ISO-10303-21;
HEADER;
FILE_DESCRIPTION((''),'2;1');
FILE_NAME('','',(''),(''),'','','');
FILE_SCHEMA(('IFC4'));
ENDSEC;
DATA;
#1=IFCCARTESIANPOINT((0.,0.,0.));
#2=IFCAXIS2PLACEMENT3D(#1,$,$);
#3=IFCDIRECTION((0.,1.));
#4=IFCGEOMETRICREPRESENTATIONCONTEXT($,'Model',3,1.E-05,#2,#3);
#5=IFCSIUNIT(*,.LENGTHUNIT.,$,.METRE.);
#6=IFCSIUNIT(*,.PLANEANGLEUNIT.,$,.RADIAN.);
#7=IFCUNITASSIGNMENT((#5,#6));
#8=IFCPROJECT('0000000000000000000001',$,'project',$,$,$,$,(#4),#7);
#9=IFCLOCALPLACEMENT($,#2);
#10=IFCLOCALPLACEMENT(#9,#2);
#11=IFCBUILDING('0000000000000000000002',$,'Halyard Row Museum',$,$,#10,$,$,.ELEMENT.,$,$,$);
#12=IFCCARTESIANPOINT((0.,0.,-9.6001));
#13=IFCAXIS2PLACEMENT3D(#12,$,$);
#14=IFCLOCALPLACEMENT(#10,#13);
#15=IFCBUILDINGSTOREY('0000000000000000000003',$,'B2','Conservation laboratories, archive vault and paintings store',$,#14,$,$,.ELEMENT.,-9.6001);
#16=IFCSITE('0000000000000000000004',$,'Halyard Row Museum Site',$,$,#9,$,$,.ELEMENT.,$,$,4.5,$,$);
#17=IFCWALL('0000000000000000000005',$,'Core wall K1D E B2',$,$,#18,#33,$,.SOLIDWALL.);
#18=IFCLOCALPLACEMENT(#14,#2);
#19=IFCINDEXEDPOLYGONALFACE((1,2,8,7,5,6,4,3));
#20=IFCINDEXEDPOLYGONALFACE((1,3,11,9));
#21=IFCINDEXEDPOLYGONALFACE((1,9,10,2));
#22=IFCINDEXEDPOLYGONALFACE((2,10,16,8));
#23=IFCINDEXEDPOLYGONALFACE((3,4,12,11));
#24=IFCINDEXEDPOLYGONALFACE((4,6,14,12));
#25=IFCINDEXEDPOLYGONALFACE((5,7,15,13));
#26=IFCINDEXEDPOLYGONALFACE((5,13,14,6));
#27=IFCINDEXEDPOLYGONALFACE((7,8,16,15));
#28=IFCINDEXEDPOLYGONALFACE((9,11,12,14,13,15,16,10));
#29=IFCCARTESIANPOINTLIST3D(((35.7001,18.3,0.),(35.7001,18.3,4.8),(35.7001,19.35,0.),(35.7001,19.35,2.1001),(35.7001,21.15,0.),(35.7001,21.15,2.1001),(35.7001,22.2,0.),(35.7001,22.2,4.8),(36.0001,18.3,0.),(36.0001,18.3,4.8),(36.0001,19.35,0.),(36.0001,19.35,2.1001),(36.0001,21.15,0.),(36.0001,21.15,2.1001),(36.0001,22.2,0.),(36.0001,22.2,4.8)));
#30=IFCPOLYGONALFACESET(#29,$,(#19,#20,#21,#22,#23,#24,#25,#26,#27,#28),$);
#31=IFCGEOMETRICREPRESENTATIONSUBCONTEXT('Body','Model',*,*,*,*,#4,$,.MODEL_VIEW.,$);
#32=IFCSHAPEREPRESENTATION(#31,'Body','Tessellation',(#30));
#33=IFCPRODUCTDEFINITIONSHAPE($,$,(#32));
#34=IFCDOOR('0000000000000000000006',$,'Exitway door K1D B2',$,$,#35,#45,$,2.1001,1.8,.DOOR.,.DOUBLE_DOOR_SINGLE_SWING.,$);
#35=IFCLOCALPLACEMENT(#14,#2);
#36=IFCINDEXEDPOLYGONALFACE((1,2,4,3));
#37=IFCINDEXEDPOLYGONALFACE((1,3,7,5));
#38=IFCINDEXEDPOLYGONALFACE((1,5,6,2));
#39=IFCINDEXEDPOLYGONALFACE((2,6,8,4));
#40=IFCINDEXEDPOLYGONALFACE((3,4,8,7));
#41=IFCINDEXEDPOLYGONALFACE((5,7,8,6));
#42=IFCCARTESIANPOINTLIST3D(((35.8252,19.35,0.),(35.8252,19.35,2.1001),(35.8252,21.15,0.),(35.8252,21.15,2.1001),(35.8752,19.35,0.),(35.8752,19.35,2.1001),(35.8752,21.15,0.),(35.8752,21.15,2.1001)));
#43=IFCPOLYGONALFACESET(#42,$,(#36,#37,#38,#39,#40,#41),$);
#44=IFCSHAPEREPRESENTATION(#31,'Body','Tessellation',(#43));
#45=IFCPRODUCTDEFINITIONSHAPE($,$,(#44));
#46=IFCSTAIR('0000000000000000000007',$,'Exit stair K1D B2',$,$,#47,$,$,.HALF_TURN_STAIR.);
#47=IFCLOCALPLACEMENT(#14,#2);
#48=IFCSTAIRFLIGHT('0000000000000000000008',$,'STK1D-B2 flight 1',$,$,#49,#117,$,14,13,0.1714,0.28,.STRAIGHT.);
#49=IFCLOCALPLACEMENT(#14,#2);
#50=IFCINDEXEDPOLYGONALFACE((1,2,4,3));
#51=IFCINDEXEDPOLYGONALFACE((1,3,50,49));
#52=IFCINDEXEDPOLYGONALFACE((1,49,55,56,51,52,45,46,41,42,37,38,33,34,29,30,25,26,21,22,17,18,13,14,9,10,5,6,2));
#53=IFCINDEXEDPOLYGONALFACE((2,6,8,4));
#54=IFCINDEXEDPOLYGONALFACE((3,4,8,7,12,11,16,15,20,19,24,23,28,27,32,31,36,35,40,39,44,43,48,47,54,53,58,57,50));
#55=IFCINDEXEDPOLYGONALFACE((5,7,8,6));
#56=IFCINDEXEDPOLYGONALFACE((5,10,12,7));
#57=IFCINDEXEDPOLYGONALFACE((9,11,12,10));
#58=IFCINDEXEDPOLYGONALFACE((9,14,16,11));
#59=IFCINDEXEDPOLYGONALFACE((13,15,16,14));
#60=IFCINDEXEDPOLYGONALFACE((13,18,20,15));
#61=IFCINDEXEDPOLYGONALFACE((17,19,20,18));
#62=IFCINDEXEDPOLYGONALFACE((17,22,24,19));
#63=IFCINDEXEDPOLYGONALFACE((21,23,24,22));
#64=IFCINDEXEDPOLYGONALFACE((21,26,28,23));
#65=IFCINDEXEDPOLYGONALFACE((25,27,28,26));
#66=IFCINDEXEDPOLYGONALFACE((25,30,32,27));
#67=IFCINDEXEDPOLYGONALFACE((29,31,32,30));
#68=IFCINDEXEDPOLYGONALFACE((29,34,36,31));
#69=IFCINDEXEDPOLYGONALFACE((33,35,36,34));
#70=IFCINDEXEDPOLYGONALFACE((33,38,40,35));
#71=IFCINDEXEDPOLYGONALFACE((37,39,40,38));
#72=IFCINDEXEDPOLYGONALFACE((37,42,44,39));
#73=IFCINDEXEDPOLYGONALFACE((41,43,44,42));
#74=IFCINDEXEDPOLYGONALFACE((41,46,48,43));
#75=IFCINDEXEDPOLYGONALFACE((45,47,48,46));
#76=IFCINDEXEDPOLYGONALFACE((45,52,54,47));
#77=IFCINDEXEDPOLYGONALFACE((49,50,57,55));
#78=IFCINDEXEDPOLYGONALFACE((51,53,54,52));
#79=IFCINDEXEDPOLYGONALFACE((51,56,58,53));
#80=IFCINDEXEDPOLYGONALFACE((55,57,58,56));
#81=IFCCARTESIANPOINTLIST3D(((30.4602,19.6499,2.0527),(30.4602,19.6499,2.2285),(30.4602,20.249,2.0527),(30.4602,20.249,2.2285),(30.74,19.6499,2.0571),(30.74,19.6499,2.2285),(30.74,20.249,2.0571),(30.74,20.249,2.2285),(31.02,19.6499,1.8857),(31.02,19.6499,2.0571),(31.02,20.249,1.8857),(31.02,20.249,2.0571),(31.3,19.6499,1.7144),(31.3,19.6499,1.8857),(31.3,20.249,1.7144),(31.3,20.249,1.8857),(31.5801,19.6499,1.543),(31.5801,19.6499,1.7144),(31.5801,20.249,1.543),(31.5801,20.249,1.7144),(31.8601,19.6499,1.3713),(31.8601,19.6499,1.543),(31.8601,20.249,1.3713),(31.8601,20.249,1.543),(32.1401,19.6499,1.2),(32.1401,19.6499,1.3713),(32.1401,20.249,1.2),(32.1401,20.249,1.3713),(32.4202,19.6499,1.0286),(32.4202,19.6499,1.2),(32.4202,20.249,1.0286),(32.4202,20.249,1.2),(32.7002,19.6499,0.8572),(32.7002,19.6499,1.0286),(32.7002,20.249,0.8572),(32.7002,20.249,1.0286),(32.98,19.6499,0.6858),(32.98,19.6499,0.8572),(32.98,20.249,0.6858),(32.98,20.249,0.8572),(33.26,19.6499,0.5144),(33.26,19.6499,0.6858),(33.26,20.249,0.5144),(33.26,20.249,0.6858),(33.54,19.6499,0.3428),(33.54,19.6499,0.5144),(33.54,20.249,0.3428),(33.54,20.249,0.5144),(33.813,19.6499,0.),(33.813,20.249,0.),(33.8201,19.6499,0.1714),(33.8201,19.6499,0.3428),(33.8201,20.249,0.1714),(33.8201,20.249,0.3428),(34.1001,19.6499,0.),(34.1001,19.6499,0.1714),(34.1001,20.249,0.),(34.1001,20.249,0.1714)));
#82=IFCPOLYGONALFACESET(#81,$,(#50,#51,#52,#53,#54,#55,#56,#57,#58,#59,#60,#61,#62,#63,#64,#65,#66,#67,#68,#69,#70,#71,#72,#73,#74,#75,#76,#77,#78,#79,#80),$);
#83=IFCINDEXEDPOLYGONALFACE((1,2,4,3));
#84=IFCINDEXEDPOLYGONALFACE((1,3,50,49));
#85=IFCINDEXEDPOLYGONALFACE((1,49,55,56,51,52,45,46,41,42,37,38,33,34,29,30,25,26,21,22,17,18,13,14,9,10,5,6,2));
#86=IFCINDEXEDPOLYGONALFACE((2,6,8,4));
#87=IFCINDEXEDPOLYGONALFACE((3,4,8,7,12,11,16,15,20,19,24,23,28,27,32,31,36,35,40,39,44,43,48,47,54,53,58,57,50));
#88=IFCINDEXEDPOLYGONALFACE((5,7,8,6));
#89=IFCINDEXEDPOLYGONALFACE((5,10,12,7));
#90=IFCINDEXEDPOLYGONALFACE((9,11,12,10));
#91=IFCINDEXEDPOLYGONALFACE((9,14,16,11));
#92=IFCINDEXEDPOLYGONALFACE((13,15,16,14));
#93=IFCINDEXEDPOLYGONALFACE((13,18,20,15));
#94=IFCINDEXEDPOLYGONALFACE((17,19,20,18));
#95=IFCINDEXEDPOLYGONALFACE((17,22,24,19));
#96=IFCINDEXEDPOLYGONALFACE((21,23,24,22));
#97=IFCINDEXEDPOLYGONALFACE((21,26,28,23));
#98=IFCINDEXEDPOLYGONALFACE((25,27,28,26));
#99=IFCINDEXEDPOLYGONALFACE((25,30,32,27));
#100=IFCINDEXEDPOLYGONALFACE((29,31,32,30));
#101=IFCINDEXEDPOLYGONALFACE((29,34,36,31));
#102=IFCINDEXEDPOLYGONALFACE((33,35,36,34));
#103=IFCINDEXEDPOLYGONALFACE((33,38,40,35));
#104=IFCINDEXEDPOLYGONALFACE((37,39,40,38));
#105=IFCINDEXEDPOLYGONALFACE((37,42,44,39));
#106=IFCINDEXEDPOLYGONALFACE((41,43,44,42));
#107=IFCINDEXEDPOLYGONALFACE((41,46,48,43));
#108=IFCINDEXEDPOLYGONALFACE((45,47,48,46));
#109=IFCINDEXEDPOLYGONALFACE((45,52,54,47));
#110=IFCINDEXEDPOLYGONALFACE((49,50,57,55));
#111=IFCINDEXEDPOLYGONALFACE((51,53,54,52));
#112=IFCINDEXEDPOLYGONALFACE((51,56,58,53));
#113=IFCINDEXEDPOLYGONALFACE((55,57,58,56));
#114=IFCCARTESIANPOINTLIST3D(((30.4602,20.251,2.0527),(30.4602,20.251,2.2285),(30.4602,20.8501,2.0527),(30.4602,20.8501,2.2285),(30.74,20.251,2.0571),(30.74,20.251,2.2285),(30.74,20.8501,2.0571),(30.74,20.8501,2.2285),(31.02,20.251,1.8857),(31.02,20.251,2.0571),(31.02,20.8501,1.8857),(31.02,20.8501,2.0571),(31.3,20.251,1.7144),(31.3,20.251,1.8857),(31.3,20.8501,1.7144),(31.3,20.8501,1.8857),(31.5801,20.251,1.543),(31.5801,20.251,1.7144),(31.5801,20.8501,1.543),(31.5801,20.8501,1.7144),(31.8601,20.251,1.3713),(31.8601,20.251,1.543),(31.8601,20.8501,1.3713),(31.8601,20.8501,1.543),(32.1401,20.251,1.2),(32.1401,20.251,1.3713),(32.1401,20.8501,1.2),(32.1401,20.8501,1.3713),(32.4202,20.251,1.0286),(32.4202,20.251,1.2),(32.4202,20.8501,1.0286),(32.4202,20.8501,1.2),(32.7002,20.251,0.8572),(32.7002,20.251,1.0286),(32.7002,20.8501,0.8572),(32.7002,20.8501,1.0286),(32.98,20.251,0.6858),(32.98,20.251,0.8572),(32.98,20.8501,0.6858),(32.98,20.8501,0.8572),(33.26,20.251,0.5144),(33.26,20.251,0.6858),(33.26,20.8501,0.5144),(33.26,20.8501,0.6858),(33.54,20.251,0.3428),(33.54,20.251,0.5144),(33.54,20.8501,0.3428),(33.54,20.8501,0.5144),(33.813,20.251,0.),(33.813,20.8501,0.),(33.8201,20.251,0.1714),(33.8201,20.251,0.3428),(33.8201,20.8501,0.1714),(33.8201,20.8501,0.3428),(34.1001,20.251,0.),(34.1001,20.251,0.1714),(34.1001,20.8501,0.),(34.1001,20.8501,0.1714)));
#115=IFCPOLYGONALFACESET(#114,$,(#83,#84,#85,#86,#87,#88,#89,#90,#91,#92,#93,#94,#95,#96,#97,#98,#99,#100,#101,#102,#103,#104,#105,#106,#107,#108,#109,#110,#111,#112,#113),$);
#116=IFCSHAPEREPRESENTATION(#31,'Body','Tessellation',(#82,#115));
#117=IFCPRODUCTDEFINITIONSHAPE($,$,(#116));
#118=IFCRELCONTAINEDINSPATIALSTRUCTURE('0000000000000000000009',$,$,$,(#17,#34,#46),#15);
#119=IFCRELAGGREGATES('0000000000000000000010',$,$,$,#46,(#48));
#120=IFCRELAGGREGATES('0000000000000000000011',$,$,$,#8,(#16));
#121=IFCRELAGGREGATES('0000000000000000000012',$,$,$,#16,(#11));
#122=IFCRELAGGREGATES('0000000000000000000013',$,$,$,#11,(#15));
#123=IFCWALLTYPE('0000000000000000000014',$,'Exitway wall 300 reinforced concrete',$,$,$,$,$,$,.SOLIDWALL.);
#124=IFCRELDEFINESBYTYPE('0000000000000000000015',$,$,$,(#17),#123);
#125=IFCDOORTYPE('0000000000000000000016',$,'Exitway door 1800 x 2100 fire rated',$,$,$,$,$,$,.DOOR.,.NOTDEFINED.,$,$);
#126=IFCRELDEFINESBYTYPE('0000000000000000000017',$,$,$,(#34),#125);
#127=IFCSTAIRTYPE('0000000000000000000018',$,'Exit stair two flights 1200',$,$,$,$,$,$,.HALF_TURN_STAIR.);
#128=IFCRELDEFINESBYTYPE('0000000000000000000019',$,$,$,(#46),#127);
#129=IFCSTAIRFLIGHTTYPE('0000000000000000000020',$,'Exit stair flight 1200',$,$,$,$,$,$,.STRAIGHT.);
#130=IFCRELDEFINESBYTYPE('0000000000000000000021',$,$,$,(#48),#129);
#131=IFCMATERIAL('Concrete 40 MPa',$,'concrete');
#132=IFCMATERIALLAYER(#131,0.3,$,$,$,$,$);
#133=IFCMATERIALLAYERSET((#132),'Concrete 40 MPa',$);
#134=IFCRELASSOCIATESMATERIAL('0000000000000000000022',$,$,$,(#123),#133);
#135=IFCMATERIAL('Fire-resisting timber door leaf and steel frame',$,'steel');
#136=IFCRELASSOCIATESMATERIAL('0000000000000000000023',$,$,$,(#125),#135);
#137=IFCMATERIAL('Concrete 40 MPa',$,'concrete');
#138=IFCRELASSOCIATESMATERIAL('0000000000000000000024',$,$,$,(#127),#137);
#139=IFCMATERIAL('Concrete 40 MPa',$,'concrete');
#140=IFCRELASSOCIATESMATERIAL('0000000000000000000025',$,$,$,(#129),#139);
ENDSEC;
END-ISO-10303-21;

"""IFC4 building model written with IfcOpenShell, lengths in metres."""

from ifc_helpers import new_model, si_unit, direction, frame, frame_2d, origin, place, context, subcontext, project, spatial, polyline, rectangle, outline, extrude, material, layer, layer_set, type_object, element, fill, aggregate, save


model = new_model("IFC4")

# Units and contexts
model_context = context("Model", 3, precision=1e-05, world=origin(), true_north=direction((0.0, 1.0)))
body_context = subcontext(model_context, "Body", "Model", "MODEL_VIEW")
ifc_project = project(units=[si_unit("LENGTHUNIT", "METRE"), si_unit("PLANEANGLEUNIT", "RADIAN")], contexts=[model_context])

# Site, building, storey
site_placement = place(None, origin())
site = spatial("IfcSite", under=ifc_project, at=site_placement, Name="Halyard Row Museum Site", CompositionType="ELEMENT", RefElevation=4.5)
building_placement = place(site_placement, origin())
building = spatial("IfcBuilding", under=site, at=building_placement, Name="Halyard Row Museum", CompositionType="ELEMENT")
storey_placement = place(building_placement, frame((0.0, 0.0, -9.6001)))
storey = spatial("IfcBuildingStorey", under=building, at=storey_placement, Name="B2", Description="Conservation laboratories, archive vault and paintings store", CompositionType="ELEMENT", Elevation=-9.6001)

# Wall, opening, door
ifc_material_1 = material(Name="Concrete 40 MPa", Category="concrete")
ifc_layer_1 = layer(ifc_material_1, 0.3)
ifc_layer_set_1 = layer_set([ifc_layer_1], Name="Concrete 40 MPa")
wall_type = type_object("IfcWallType", Name="Exitway wall 300 reinforced concrete", PredefinedType="SOLIDWALL", material=ifc_layer_set_1)
wall_placement = place(storey_placement, frame((35.8501, 18.3, 0.0), z_axis=(0.0, 0.0, 1.0), x_axis=(0.0, 1.0, 0.0)))
wall = element("IfcWall", 1, at=wall_placement, inside=storey, type_object=wall_type, Name="Core wall K1D E B2", PredefinedType="SOLIDWALL", context=body_context, shape_type="SweptSolid", body=[
    extrude(rectangle(XDim=3.8999, YDim=0.3, at=frame_2d((1.95, 0.0))), origin(), (0.0, 0.0, 1.0), 4.8),
])
opening_placement = place(wall_placement, frame((1.05, 0.0, 0.0)))
opening = element("IfcOpeningElement", 2, at=opening_placement, cuts=wall, PredefinedType="OPENING", context=body_context, shape_type="SweptSolid", body=[
    extrude(rectangle(XDim=1.8, YDim=2.1001, at=frame_2d((0.8999, 1.05))), frame((0.0, 0.1599, 0.0), z_axis=(0.0, -1.0, 0.0), x_axis=(1.0, 0.0, 0.0)), (0.0, 0.0, 1.0), 0.3201),
])
ifc_material_2 = material(Name="Fire-resisting timber door leaf and steel frame", Category="steel")
door_type = type_object("IfcDoorType", Name="Exitway door 1800 x 2100 fire rated", OperationType="NOTDEFINED", PredefinedType="DOOR", material=ifc_material_2)
door_placement = place(opening_placement, origin())
door = element("IfcDoor", 3, at=door_placement, inside=storey, type_object=door_type, Name="Exitway door K1D B2", OperationType="DOUBLE_DOOR_SINGLE_SWING", OverallHeight=2.1001, OverallWidth=1.8, PredefinedType="DOOR", context=body_context, shape_type="SweptSolid", body=[
    extrude(rectangle(XDim=1.8, YDim=2.1001, at=frame_2d((0.8999, 1.05))), frame((0.0, 0.0249, 0.0), z_axis=(0.0, -1.0, 0.0), x_axis=(1.0, 0.0, 0.0)), (0.0, 0.0, 1.0), 0.05),
])
fill(opening, door)

# Stair, stair flight
ifc_material_3 = material(Name="Concrete 40 MPa", Category="concrete")
stair_type = type_object("IfcStairType", Name="Exit stair two flights 1200", PredefinedType="HALF_TURN_STAIR", material=ifc_material_3)
stair_placement = place(storey_placement, origin())
stair = element("IfcStair", 4, at=stair_placement, inside=storey, type_object=stair_type, Name="Exit stair K1D B2", PredefinedType="HALF_TURN_STAIR")
ifc_material_4 = material(Name="Concrete 40 MPa", Category="concrete")
stair_flight_type = type_object("IfcStairFlightType", Name="Exit stair flight 1200", PredefinedType="STRAIGHT", material=ifc_material_4)
stair_flight_placement = place(storey_placement, frame((34.1001, 20.25, 0.0), z_axis=(0.0, 0.0, 1.0), x_axis=(-1.0, 0.0, 0.0)))
stair_flight = element("IfcStairFlight", 5, at=stair_flight_placement, type_object=stair_flight_type, Name="STK1D-B2 flight 1", NumberOfRisers=14, NumberOfTreads=13, PredefinedType="STRAIGHT", RiserHeight=0.1714, TreadLength=0.28, context=body_context, shape_type="SweptSolid", body=[
    extrude(outline(polyline([(0.0, 0.0), (0.0, 0.1714), (0.28, 0.1714), (0.28, 0.3428), (0.5601, 0.3428), (0.5601, 0.5144), (0.8401, 0.5144), (0.8401, 0.6858), (1.1201, 0.6858), (1.1201, 0.8572), (1.3999, 0.8572), (1.3999, 1.0286), (1.6799, 1.0286), (1.6799, 1.2), (1.96, 1.2), (1.96, 1.3713), (2.24, 1.3713), (2.24, 1.543), (2.52, 1.543), (2.52, 1.7144), (2.8, 1.7144), (2.8, 1.8857), (3.0801, 1.8857), (3.0801, 2.0571), (3.3601, 2.0571), (3.3601, 2.2285), (3.6399, 2.2285), (3.6399, 2.3999), (3.6399, 2.0527), (0.2871, 0.0), (0.0, 0.0)])), frame((0.0, 0.6001, 0.0), z_axis=(0.0, -1.0, 0.0), x_axis=(1.0, 0.0, 0.0)), (0.0, 0.0, 1.0), 0.5991),
    extrude(outline(polyline([(0.0, 0.0), (0.0, 0.1714), (0.28, 0.1714), (0.28, 0.3428), (0.5601, 0.3428), (0.5601, 0.5144), (0.8401, 0.5144), (0.8401, 0.6858), (1.1201, 0.6858), (1.1201, 0.8572), (1.3999, 0.8572), (1.3999, 1.0286), (1.6799, 1.0286), (1.6799, 1.2), (1.96, 1.2), (1.96, 1.3713), (2.24, 1.3713), (2.24, 1.543), (2.52, 1.543), (2.52, 1.7144), (2.8, 1.7144), (2.8, 1.8857), (3.0801, 1.8857), (3.0801, 2.0571), (3.3601, 2.0571), (3.3601, 2.2285), (3.6399, 2.2285), (3.6399, 2.3999), (3.6399, 2.0527), (0.2871, 0.0), (0.0, 0.0)])), frame((0.0, -0.001, 0.0), z_axis=(0.0, -1.0, 0.0), x_axis=(1.0, 0.0, 0.0)), (0.0, 0.0, 1.0), 0.5991),
])
aggregate(stair, [stair_flight])

save(model, "model.ifc")
